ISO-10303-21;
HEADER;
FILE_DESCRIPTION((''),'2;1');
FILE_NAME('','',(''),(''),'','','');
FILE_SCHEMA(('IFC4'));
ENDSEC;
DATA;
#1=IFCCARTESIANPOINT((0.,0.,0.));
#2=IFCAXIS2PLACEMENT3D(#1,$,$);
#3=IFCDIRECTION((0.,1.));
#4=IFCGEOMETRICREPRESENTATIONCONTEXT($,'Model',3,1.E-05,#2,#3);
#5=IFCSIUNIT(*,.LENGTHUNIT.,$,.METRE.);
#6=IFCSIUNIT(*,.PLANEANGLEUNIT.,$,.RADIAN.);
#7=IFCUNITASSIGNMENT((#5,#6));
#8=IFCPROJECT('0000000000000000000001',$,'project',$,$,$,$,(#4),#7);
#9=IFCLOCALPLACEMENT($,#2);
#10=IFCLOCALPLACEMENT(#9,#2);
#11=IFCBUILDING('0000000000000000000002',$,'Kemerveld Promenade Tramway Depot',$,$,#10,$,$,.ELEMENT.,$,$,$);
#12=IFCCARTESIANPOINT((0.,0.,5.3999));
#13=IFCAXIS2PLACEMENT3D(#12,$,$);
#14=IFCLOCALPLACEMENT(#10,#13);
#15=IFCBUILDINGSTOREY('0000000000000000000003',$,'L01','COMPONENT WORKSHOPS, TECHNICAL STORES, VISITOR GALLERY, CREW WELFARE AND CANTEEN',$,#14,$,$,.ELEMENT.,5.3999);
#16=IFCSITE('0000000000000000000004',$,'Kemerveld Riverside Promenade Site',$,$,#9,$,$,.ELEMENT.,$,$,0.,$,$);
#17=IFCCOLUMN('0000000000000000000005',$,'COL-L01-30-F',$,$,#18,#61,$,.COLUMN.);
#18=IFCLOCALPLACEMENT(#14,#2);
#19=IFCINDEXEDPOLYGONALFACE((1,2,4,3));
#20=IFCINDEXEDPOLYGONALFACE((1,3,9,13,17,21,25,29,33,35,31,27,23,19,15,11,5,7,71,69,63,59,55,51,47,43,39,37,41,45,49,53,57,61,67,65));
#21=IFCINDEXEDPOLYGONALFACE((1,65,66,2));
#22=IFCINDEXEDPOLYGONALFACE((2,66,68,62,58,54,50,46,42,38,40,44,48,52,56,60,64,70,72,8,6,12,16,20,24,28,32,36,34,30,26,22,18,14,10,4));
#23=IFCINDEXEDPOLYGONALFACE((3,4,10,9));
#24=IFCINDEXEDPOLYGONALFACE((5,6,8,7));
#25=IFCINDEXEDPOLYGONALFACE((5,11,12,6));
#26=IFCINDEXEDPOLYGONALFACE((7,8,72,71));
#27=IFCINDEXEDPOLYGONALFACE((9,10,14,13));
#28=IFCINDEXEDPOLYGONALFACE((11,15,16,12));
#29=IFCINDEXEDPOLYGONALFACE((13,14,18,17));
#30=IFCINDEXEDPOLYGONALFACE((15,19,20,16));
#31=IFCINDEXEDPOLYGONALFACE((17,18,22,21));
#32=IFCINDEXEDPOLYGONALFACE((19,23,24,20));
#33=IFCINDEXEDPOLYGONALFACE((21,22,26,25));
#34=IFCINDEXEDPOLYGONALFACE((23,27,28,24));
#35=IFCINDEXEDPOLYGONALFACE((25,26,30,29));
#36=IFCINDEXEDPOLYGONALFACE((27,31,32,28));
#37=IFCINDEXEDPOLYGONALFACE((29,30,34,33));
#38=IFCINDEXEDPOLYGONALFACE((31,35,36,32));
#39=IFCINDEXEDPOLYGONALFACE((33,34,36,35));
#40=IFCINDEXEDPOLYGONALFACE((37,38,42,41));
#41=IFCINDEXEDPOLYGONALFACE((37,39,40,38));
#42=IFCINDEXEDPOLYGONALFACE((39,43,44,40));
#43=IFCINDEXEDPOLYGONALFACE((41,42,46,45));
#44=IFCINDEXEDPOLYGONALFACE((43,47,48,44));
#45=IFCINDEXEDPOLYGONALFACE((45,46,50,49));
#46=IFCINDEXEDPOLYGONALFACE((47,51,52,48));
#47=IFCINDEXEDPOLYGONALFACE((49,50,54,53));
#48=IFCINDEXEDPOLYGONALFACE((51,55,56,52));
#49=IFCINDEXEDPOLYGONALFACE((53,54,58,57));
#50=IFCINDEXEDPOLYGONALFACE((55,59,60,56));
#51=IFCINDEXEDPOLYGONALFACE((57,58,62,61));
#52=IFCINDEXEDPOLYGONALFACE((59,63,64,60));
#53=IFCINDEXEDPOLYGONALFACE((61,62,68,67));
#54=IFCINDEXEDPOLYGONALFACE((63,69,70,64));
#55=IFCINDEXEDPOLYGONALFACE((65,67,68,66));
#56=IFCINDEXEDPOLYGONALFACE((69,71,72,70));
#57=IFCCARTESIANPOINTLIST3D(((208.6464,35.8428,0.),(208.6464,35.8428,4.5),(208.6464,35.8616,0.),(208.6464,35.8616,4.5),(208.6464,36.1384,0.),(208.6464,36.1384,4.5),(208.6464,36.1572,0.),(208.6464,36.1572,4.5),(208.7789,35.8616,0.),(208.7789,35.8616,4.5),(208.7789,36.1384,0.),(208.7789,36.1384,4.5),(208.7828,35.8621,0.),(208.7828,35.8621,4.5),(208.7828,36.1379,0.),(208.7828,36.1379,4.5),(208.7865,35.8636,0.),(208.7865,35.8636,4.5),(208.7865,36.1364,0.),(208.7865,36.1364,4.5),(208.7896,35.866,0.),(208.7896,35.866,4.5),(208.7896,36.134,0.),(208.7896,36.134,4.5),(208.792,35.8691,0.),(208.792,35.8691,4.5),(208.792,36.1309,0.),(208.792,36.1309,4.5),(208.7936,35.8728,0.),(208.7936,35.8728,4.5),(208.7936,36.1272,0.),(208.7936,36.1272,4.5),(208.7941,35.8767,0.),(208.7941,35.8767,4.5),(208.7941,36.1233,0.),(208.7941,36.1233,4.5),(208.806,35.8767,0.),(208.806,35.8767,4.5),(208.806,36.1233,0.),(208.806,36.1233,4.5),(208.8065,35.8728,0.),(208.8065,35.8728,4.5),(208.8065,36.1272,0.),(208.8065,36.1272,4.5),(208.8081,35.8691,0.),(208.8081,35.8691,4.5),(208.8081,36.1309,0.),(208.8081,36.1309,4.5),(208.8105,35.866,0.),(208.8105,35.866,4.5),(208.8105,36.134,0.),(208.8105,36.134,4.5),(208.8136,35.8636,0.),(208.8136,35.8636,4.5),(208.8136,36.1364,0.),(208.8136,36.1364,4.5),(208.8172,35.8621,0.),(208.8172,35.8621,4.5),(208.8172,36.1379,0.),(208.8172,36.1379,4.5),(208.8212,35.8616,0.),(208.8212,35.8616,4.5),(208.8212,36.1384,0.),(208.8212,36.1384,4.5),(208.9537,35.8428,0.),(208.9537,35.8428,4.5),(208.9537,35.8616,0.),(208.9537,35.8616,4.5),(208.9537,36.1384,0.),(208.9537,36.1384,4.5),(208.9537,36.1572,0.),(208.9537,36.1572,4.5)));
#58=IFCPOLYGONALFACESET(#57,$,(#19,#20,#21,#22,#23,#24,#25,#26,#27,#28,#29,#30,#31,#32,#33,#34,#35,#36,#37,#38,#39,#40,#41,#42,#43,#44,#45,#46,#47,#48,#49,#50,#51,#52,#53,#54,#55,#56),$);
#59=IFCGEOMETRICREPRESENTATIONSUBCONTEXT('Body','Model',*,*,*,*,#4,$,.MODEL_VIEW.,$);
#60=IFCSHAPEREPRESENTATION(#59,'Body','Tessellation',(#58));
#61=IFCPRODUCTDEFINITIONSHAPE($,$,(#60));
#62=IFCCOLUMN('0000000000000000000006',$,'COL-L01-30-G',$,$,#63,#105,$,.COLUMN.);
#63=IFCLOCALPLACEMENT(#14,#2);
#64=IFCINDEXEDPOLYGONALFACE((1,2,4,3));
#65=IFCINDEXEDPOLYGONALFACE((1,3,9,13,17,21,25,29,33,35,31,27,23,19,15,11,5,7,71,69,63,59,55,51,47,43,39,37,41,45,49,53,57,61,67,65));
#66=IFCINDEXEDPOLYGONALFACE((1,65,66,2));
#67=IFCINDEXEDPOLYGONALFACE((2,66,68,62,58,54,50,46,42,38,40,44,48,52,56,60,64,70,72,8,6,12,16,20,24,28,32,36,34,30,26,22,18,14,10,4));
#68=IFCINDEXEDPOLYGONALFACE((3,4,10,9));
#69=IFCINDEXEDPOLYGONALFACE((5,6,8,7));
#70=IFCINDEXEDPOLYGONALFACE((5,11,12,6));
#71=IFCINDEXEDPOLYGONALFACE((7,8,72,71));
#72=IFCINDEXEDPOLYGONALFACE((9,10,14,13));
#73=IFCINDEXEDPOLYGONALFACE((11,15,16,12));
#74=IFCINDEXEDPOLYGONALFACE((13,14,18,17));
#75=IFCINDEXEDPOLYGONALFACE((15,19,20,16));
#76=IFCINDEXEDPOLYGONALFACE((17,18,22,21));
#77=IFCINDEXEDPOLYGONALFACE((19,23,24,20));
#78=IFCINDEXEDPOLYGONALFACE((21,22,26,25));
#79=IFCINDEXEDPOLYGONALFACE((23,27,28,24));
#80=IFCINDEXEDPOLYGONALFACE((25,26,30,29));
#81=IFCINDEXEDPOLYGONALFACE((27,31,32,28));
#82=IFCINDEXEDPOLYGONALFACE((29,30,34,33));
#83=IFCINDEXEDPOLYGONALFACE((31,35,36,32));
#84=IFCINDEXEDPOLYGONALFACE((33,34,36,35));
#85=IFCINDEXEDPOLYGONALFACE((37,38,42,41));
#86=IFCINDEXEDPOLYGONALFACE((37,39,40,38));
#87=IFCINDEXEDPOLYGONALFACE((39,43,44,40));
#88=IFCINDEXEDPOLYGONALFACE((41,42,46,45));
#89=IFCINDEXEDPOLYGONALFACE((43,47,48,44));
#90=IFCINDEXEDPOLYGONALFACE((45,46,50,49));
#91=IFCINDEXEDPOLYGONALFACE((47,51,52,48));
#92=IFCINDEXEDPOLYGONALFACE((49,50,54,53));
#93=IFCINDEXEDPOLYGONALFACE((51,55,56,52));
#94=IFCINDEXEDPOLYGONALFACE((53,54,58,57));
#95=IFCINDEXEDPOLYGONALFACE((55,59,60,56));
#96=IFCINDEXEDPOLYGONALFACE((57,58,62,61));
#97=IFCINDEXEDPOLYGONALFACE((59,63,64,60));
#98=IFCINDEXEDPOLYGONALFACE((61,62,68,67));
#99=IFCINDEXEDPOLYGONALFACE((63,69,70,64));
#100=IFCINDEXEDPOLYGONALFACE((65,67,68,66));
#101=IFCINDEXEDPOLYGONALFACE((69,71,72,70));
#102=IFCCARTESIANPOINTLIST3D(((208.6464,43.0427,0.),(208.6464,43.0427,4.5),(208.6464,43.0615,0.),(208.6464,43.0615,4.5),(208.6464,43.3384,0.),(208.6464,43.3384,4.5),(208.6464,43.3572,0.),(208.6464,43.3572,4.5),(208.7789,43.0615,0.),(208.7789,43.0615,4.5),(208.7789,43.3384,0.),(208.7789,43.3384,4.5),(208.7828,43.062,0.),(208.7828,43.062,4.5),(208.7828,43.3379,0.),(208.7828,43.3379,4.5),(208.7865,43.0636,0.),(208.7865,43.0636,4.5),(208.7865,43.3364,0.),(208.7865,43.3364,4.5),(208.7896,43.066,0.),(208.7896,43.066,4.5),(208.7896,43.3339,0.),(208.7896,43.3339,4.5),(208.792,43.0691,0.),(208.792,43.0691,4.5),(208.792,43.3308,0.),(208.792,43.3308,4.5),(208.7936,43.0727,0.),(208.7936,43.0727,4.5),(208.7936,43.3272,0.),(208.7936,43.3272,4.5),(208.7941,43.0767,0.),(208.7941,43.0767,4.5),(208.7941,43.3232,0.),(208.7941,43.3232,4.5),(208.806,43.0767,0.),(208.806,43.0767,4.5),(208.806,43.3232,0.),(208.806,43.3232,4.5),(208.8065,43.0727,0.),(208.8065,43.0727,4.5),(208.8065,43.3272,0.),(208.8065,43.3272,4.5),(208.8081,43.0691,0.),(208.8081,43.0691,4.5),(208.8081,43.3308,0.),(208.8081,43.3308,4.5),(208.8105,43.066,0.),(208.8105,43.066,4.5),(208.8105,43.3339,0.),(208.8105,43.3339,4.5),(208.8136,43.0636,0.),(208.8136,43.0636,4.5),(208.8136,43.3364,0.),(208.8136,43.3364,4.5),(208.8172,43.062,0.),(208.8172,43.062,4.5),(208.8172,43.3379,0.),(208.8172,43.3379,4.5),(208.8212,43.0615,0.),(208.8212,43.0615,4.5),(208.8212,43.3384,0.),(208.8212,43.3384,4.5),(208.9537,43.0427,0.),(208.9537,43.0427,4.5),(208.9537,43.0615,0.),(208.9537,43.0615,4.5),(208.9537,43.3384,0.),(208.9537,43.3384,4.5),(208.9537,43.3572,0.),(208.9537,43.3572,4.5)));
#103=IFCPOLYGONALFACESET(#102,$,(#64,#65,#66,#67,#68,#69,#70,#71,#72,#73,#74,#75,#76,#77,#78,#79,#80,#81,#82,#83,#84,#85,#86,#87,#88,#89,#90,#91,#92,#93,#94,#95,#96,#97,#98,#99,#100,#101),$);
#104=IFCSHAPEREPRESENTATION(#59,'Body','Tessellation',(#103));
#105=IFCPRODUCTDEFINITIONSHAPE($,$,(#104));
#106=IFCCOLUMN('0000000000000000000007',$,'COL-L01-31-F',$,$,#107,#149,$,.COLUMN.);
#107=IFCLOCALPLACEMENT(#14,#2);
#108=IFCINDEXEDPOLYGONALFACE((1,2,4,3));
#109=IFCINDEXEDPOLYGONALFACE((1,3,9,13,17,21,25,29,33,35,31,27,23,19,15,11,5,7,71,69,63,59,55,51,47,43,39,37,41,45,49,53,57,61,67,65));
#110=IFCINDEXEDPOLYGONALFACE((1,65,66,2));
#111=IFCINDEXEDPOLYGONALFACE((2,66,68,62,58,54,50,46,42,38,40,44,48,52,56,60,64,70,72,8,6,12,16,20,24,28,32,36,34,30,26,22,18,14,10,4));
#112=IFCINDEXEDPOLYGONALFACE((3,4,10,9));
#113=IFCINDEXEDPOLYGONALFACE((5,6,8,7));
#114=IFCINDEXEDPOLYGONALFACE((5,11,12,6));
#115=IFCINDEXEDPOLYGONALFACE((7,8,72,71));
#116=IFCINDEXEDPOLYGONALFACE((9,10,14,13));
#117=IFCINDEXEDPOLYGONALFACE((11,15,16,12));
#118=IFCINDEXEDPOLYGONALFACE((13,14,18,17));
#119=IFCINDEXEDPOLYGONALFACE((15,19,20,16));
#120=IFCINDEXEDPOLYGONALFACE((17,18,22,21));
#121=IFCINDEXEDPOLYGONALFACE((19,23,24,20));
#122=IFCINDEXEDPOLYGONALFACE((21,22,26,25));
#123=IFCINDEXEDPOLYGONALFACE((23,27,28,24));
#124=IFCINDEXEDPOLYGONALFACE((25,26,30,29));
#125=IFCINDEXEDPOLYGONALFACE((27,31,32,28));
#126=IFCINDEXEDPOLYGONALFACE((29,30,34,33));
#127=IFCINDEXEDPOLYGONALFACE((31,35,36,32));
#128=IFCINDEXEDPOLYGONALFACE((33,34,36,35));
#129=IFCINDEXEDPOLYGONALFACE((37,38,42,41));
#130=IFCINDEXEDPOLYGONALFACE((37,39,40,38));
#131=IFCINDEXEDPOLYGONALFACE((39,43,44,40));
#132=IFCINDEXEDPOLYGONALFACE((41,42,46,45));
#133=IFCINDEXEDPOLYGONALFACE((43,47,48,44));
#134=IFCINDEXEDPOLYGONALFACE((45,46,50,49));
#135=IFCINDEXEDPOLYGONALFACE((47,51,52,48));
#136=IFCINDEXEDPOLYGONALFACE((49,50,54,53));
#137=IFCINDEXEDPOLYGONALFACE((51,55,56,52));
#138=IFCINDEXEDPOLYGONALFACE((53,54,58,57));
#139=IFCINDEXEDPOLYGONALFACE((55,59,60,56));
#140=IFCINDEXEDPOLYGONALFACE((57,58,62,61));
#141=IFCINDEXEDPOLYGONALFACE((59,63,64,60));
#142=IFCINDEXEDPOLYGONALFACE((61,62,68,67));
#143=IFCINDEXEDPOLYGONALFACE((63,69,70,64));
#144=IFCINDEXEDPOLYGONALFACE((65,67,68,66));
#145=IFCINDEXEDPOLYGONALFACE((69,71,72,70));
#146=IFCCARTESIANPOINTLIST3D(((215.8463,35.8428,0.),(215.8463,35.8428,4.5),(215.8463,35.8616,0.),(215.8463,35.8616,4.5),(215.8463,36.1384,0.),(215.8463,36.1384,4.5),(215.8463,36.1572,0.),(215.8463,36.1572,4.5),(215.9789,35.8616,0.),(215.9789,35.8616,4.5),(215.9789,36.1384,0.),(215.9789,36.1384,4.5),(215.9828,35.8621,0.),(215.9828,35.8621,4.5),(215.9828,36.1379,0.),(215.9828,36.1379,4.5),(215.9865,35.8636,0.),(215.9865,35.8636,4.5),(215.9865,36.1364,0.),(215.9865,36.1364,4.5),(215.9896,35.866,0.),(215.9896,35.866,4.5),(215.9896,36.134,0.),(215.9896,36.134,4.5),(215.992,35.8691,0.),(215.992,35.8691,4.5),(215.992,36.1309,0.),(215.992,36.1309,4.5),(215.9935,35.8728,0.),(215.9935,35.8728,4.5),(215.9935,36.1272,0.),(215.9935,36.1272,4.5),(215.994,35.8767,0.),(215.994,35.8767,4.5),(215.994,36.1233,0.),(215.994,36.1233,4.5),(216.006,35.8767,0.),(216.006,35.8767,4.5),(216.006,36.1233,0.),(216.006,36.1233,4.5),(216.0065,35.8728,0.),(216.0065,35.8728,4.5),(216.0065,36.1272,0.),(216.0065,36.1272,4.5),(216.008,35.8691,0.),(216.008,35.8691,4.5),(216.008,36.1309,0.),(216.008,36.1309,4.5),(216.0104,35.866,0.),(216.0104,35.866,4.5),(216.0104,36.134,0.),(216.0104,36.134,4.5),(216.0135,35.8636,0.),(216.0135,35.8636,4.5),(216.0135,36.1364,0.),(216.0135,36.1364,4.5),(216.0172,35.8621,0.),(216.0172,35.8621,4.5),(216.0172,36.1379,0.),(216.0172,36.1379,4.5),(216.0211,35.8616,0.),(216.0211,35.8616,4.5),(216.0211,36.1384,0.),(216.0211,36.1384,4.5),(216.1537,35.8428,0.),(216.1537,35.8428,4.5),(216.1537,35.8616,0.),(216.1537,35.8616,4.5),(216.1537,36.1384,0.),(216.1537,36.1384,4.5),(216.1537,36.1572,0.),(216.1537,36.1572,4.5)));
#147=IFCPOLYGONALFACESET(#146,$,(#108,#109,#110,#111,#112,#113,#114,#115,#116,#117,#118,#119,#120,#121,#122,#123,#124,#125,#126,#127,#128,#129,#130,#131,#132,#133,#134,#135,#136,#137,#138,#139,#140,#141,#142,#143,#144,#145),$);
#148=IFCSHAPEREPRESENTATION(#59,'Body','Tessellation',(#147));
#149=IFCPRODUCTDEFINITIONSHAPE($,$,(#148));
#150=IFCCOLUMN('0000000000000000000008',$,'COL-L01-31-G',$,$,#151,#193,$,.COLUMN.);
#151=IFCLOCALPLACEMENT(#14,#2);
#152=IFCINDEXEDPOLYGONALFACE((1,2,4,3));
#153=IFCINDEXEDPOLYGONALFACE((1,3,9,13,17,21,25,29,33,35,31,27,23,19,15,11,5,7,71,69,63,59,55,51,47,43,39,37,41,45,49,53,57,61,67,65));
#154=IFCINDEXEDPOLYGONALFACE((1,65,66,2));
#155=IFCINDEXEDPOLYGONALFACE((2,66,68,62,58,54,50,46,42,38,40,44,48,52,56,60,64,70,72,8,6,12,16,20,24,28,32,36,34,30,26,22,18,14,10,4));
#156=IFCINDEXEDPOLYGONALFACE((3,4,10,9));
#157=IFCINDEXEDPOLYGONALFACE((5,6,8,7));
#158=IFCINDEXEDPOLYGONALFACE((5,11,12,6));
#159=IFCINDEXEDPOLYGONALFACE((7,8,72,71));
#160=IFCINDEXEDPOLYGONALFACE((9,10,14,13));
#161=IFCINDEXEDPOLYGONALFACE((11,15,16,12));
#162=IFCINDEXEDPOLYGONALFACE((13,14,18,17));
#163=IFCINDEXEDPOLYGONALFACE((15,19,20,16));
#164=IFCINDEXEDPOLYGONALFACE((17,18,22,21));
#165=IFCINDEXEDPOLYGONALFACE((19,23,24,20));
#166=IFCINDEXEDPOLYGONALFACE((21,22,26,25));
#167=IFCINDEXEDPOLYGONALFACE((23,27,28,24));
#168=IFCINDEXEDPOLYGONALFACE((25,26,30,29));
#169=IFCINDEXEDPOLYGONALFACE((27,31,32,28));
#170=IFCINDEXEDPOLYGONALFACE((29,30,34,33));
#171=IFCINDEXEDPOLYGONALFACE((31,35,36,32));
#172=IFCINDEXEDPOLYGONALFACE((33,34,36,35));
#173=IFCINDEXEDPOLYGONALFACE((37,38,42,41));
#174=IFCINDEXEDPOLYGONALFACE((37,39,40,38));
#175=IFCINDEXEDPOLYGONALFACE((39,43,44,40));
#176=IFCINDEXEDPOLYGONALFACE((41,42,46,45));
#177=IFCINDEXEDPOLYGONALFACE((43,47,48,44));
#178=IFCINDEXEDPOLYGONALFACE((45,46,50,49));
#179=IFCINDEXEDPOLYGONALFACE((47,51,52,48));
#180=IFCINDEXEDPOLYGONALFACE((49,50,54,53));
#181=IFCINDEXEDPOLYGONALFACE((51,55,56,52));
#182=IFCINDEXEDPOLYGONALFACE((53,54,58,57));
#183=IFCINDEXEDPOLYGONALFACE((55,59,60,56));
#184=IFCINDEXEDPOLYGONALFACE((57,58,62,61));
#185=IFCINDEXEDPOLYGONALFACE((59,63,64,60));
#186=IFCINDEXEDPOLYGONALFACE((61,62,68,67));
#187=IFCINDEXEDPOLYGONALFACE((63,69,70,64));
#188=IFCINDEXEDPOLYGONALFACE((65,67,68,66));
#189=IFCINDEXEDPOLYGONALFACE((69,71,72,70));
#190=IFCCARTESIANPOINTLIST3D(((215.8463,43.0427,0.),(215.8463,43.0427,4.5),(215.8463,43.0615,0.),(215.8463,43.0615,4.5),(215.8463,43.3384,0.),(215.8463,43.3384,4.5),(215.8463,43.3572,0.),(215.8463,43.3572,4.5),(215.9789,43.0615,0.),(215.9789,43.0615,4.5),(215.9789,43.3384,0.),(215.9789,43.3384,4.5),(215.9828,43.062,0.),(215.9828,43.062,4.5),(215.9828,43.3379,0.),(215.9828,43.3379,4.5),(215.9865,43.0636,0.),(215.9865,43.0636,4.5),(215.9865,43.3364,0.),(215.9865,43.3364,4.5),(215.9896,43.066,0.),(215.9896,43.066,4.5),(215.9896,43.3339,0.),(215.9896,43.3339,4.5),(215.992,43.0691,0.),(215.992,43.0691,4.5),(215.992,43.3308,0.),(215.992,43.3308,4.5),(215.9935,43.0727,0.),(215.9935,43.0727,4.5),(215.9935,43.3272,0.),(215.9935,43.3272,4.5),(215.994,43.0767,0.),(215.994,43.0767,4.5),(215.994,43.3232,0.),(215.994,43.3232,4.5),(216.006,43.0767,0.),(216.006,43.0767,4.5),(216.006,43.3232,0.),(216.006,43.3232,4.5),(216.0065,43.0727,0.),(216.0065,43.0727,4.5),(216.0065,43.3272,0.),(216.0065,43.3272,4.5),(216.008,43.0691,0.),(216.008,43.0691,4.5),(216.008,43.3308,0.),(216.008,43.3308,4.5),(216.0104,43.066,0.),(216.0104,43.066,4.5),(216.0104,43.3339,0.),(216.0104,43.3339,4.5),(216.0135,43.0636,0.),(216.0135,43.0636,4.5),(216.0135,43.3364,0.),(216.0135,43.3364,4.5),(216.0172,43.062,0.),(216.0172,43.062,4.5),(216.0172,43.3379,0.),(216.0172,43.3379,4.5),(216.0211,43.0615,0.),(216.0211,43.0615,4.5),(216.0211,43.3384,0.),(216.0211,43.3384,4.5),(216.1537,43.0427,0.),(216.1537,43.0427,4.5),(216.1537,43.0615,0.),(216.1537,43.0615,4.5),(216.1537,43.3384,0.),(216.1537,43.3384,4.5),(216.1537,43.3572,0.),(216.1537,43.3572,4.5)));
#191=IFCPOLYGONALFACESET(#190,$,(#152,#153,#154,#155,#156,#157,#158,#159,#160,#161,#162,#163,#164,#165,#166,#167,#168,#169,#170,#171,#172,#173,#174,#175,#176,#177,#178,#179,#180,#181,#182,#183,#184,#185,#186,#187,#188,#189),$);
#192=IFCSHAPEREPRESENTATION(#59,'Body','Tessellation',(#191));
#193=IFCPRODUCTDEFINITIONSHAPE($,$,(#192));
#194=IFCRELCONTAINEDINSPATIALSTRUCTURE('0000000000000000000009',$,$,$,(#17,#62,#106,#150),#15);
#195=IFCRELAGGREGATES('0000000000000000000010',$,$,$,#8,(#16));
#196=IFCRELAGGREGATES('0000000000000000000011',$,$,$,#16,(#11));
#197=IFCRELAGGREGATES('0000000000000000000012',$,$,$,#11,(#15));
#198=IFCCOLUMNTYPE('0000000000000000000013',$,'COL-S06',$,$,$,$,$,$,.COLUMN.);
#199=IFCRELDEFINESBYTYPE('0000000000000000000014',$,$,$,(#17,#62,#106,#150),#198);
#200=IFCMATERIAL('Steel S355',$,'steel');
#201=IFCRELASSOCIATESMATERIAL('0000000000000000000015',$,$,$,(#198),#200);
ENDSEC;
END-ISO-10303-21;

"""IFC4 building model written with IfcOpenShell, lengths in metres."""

from ifc_helpers import new_model, si_unit, direction, frame, origin, origin_2d, place, context, subcontext, project, spatial, i_section, extrude, material, material_profile, profile_set, type_object, element, save


model = new_model("IFC4")

# Units and contexts
model_context = context("Model", 3, precision=1e-05, world=origin(), true_north=direction((0.0, 1.0)))
body_context = subcontext(model_context, "Body", "Model", "MODEL_VIEW")
ifc_project = project(units=[si_unit("LENGTHUNIT", "METRE"), si_unit("PLANEANGLEUNIT", "RADIAN")], contexts=[model_context])

# Site, building, storey
site_placement = place(None, origin())
site = spatial("IfcSite", under=ifc_project, at=site_placement, Name="Kemerveld Riverside Promenade Site", CompositionType="ELEMENT", RefElevation=0.0)
building_placement = place(site_placement, origin())
building = spatial("IfcBuilding", under=site, at=building_placement, Name="Kemerveld Promenade Tramway Depot", CompositionType="ELEMENT")
storey_placement = place(building_placement, frame((0.0, 0.0, 5.3999)))
storey = spatial("IfcBuildingStorey", under=building, at=storey_placement, Name="L01", Description="COMPONENT WORKSHOPS, TECHNICAL STORES, VISITOR GALLERY, CREW WELFARE AND CANTEEN", CompositionType="ELEMENT", Elevation=5.3999)

# Columns
ifc_material_1 = material(Name="Steel S355", Category="steel")
ifc_material_profile_1 = material_profile(ifc_material_1, i_section(OverallWidth=0.3074, OverallDepth=0.3145, WebThickness=0.012, FlangeThickness=0.0188, FilletRadius=0.0151, at=origin_2d()), Name="305x305x118 UC")
ifc_profile_set_1 = profile_set([ifc_material_profile_1], Name="Steel S355")
column_type = type_object("IfcColumnType", Name="COL-S06", PredefinedType="COLUMN", material=ifc_profile_set_1)
for number, where, z_axis, x_axis, name in (
    (1, (208.8, 36.0, 0.0), (0.0, 0.0, 1.0), (1.0, 0.0, 0.0), "COL-L01-30-F"),
    (2, (208.8, 43.2, 0.0), (0.0, 0.0, 1.0), (1.0, 0.0, 0.0), "COL-L01-30-G"),
    (3, (216.0, 36.0, 0.0), (0.0, 0.0, 1.0), (1.0, 0.0, 0.0), "COL-L01-31-F"),
    (4, (216.0, 43.2, 0.0), (0.0, 0.0, 1.0), (1.0, 0.0, 0.0), "COL-L01-31-G"),
):
    element("IfcColumn", number, at=place(storey_placement, frame(where, z_axis=z_axis, x_axis=x_axis)), inside=storey, type_object=column_type, Name=name, PredefinedType="COLUMN", context=body_context, shape_type="SweptSolid", body=[
        extrude(i_section(OverallWidth=0.3074, OverallDepth=0.3145, WebThickness=0.012, FlangeThickness=0.0188, FilletRadius=0.0151, at=origin_2d()), origin(), (0.0, 0.0, 1.0), 4.5),
    ])

save(model, "model.ifc")
